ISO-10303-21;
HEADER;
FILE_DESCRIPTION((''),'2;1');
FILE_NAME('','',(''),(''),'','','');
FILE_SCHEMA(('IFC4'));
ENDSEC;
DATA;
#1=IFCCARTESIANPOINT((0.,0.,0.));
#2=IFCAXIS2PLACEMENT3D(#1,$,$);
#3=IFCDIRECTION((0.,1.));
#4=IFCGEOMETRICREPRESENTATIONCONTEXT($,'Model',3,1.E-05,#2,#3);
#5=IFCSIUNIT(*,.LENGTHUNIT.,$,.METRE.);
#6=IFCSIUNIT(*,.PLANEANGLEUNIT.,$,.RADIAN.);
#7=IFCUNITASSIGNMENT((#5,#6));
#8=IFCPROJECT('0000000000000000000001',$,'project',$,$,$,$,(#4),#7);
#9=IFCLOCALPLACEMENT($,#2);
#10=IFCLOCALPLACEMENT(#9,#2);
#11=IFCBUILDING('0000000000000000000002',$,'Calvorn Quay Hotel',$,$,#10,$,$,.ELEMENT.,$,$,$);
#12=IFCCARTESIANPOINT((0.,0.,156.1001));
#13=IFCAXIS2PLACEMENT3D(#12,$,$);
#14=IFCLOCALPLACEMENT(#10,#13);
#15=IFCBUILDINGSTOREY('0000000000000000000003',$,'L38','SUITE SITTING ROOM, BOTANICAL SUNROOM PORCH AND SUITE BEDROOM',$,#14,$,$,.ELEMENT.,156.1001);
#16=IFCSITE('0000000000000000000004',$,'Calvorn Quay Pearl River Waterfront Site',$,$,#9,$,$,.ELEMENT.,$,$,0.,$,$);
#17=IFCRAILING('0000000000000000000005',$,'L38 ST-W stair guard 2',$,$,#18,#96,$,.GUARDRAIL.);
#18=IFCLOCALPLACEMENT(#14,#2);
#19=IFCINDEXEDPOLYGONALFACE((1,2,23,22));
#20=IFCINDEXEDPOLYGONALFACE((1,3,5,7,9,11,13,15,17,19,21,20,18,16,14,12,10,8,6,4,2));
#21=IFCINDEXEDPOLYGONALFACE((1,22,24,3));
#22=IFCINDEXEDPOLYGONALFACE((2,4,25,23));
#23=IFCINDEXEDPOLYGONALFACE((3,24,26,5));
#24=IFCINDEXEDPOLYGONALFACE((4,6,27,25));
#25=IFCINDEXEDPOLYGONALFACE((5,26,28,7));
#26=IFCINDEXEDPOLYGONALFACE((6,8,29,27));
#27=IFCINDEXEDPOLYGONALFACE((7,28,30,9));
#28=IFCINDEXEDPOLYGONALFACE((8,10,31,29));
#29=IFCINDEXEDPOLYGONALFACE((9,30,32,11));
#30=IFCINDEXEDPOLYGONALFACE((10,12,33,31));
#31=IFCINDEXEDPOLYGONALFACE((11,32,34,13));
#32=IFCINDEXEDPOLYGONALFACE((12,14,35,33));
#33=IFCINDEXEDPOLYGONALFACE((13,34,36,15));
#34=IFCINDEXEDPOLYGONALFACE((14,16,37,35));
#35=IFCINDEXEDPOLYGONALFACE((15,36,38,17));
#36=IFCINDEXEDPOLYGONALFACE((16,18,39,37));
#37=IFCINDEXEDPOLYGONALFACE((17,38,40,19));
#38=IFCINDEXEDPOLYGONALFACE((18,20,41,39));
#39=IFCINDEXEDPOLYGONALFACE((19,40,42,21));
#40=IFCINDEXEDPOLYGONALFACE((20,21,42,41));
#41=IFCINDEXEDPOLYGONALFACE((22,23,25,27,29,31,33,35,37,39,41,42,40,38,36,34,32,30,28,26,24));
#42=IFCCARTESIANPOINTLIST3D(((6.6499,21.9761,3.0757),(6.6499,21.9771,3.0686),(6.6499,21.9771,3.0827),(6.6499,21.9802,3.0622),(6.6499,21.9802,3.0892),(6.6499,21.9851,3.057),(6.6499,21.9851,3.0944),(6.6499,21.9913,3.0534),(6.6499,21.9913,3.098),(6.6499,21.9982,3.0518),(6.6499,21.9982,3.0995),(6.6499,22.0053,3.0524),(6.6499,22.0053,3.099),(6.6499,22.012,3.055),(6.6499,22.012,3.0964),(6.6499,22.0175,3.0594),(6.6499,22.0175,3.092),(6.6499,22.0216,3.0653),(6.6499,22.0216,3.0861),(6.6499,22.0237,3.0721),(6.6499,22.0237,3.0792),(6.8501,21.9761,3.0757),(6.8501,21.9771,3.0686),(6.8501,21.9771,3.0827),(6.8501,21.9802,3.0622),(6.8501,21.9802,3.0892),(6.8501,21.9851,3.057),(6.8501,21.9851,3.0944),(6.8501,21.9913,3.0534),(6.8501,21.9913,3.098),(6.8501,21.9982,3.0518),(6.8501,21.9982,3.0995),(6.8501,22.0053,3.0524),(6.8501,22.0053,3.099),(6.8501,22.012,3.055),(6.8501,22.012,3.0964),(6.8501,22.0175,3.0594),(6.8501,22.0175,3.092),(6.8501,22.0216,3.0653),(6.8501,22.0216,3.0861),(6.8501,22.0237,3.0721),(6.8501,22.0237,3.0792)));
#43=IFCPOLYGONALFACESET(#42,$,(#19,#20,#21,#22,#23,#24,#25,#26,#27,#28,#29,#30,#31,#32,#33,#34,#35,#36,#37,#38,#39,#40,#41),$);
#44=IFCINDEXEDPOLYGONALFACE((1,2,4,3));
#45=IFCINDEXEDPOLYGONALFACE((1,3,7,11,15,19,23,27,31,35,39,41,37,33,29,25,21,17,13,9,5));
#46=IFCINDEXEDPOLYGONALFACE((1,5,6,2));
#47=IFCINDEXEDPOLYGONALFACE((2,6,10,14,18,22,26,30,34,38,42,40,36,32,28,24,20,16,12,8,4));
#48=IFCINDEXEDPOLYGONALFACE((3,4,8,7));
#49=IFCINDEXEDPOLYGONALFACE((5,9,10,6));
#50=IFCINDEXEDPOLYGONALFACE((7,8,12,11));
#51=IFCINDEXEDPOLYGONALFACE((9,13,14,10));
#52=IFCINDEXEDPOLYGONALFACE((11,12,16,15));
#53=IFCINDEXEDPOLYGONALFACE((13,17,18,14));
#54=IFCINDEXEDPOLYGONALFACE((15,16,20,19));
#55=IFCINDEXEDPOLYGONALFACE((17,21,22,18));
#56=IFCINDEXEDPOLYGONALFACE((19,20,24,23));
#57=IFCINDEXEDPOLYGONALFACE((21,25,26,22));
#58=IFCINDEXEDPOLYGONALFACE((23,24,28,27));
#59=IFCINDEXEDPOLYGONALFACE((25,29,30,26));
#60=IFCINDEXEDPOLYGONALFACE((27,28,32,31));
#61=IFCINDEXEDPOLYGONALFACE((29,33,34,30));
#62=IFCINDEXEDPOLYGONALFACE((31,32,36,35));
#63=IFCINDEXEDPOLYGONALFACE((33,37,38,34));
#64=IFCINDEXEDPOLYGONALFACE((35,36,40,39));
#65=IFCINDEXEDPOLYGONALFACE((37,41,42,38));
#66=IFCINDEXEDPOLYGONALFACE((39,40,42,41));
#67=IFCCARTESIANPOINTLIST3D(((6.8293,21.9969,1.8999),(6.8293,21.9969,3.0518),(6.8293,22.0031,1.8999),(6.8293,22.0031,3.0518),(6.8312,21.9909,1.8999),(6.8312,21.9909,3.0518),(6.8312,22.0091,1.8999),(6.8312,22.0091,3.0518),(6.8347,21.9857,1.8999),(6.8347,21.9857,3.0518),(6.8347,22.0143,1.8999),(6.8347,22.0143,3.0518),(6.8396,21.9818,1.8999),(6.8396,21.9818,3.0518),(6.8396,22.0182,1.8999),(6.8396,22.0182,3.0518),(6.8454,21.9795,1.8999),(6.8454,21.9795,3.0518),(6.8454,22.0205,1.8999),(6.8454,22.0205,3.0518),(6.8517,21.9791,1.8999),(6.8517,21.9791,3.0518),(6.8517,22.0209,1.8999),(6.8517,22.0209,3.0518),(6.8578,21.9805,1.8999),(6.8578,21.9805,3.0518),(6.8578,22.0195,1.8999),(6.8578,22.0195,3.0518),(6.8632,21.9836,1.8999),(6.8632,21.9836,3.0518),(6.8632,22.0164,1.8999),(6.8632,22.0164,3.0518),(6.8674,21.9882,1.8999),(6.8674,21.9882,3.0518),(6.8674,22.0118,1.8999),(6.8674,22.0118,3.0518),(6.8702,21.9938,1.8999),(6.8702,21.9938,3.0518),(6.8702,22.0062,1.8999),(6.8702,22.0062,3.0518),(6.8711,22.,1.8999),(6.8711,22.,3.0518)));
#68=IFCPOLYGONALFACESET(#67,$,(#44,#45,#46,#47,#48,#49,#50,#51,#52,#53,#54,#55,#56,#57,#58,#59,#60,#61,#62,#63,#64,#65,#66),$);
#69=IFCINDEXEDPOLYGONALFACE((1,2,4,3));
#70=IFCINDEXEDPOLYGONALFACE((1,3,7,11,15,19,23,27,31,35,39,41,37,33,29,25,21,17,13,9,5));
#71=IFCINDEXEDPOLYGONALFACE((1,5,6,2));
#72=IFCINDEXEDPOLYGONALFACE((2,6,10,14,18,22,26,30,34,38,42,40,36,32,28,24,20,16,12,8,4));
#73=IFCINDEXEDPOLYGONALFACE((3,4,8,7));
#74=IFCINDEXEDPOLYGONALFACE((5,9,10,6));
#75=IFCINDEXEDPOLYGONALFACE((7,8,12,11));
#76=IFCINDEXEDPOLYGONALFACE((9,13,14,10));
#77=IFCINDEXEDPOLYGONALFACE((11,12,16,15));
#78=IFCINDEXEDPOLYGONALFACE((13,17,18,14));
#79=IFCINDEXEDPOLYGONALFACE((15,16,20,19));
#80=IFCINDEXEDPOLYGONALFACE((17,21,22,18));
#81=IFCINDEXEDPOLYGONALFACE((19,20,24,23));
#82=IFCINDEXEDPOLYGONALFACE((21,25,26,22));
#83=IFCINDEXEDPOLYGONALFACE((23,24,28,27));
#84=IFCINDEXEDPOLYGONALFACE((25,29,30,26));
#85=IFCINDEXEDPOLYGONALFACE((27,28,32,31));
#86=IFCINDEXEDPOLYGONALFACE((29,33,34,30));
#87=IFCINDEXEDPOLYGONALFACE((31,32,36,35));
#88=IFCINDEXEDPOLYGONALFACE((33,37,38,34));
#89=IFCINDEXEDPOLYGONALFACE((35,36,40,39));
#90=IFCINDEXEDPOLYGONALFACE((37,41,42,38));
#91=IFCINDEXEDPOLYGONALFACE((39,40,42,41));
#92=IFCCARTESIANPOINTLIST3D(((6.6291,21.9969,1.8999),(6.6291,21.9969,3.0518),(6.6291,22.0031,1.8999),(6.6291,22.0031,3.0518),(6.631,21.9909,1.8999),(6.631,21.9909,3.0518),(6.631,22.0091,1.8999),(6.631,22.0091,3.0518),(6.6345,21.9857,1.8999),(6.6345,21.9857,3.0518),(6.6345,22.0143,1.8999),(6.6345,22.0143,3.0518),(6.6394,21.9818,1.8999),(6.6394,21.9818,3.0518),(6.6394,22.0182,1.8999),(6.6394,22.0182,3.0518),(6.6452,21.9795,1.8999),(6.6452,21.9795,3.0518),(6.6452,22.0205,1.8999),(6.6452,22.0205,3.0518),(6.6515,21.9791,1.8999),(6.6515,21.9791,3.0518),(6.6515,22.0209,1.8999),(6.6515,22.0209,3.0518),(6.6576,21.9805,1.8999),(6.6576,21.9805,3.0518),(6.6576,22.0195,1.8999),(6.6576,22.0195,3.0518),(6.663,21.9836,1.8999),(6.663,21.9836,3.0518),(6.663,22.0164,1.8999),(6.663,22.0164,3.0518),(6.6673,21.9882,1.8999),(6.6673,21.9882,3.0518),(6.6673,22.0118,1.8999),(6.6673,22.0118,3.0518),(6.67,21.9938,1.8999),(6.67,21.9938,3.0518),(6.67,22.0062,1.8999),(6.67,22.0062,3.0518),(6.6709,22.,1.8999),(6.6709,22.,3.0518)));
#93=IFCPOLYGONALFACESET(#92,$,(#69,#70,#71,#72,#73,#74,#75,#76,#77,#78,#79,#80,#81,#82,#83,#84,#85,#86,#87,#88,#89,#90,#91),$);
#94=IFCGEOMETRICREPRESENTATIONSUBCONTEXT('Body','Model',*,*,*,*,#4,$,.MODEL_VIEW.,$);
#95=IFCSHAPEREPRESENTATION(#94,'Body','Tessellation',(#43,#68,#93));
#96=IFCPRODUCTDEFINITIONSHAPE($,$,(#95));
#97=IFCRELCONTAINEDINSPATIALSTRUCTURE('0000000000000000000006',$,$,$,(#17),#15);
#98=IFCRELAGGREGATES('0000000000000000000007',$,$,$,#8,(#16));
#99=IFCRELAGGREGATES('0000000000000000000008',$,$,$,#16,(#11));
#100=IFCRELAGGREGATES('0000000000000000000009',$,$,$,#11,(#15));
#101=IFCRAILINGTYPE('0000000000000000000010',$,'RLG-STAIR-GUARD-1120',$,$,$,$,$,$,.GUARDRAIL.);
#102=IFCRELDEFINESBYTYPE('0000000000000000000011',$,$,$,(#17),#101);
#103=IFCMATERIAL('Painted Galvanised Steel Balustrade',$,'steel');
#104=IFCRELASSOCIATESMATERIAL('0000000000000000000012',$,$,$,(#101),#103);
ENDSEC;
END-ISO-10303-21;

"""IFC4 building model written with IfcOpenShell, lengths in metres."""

from ifc_helpers import new_model, si_unit, direction, frame, origin, origin_2d, place, context, subcontext, project, spatial, circle, extrude, material, type_object, element, save


model = new_model("IFC4")

# Units and contexts
model_context = context("Model", 3, precision=1e-05, world=origin(), true_north=direction((0.0, 1.0)))
body_context = subcontext(model_context, "Body", "Model", "MODEL_VIEW")
ifc_project = project(units=[si_unit("LENGTHUNIT", "METRE"), si_unit("PLANEANGLEUNIT", "RADIAN")], contexts=[model_context])

# Site, building, storey
site_placement = place(None, origin())
site = spatial("IfcSite", under=ifc_project, at=site_placement, Name="Calvorn Quay Pearl River Waterfront Site", CompositionType="ELEMENT", RefElevation=0.0)
building_placement = place(site_placement, origin())
building = spatial("IfcBuilding", under=site, at=building_placement, Name="Calvorn Quay Hotel", CompositionType="ELEMENT")
storey_placement = place(building_placement, frame((0.0, 0.0, 156.1001)))
storey = spatial("IfcBuildingStorey", under=building, at=storey_placement, Name="L38", Description="SUITE SITTING ROOM, BOTANICAL SUNROOM PORCH AND SUITE BEDROOM", CompositionType="ELEMENT", Elevation=156.1001)

# Railing
ifc_material_1 = material(Name="Painted Galvanised Steel Balustrade", Category="steel")
railing_type_1 = type_object("IfcRailingType", Name="RLG-STAIR-GUARD-1120", PredefinedType="GUARDRAIL", material=ifc_material_1)
railing_1_placement = place(storey_placement, frame((6.8501, 22.0, 1.8999)))
element("IfcRailing", 1, at=railing_1_placement, inside=storey, type_object=railing_type_1, Name="L38 ST-W stair guard 2", PredefinedType="GUARDRAIL", context=body_context, shape_type="SweptSolid", body=[
    extrude(circle(Radius=0.0239, at=origin_2d()), frame((0.0, 0.0, 1.1758), z_axis=(-1.0, 0.0, 0.0), x_axis=(0.0, -1.0, 0.0)), (0.0, 0.0, 1.0), 0.2002),
    extrude(circle(Radius=0.021, at=origin_2d()), origin(), (0.0, 0.0, 1.0), 1.1519),
    extrude(circle(Radius=0.021, at=origin_2d()), frame((-0.2002, 0.0, 0.0)), (0.0, 0.0, 1.0), 1.1519),
])

save(model, "model.ifc")
